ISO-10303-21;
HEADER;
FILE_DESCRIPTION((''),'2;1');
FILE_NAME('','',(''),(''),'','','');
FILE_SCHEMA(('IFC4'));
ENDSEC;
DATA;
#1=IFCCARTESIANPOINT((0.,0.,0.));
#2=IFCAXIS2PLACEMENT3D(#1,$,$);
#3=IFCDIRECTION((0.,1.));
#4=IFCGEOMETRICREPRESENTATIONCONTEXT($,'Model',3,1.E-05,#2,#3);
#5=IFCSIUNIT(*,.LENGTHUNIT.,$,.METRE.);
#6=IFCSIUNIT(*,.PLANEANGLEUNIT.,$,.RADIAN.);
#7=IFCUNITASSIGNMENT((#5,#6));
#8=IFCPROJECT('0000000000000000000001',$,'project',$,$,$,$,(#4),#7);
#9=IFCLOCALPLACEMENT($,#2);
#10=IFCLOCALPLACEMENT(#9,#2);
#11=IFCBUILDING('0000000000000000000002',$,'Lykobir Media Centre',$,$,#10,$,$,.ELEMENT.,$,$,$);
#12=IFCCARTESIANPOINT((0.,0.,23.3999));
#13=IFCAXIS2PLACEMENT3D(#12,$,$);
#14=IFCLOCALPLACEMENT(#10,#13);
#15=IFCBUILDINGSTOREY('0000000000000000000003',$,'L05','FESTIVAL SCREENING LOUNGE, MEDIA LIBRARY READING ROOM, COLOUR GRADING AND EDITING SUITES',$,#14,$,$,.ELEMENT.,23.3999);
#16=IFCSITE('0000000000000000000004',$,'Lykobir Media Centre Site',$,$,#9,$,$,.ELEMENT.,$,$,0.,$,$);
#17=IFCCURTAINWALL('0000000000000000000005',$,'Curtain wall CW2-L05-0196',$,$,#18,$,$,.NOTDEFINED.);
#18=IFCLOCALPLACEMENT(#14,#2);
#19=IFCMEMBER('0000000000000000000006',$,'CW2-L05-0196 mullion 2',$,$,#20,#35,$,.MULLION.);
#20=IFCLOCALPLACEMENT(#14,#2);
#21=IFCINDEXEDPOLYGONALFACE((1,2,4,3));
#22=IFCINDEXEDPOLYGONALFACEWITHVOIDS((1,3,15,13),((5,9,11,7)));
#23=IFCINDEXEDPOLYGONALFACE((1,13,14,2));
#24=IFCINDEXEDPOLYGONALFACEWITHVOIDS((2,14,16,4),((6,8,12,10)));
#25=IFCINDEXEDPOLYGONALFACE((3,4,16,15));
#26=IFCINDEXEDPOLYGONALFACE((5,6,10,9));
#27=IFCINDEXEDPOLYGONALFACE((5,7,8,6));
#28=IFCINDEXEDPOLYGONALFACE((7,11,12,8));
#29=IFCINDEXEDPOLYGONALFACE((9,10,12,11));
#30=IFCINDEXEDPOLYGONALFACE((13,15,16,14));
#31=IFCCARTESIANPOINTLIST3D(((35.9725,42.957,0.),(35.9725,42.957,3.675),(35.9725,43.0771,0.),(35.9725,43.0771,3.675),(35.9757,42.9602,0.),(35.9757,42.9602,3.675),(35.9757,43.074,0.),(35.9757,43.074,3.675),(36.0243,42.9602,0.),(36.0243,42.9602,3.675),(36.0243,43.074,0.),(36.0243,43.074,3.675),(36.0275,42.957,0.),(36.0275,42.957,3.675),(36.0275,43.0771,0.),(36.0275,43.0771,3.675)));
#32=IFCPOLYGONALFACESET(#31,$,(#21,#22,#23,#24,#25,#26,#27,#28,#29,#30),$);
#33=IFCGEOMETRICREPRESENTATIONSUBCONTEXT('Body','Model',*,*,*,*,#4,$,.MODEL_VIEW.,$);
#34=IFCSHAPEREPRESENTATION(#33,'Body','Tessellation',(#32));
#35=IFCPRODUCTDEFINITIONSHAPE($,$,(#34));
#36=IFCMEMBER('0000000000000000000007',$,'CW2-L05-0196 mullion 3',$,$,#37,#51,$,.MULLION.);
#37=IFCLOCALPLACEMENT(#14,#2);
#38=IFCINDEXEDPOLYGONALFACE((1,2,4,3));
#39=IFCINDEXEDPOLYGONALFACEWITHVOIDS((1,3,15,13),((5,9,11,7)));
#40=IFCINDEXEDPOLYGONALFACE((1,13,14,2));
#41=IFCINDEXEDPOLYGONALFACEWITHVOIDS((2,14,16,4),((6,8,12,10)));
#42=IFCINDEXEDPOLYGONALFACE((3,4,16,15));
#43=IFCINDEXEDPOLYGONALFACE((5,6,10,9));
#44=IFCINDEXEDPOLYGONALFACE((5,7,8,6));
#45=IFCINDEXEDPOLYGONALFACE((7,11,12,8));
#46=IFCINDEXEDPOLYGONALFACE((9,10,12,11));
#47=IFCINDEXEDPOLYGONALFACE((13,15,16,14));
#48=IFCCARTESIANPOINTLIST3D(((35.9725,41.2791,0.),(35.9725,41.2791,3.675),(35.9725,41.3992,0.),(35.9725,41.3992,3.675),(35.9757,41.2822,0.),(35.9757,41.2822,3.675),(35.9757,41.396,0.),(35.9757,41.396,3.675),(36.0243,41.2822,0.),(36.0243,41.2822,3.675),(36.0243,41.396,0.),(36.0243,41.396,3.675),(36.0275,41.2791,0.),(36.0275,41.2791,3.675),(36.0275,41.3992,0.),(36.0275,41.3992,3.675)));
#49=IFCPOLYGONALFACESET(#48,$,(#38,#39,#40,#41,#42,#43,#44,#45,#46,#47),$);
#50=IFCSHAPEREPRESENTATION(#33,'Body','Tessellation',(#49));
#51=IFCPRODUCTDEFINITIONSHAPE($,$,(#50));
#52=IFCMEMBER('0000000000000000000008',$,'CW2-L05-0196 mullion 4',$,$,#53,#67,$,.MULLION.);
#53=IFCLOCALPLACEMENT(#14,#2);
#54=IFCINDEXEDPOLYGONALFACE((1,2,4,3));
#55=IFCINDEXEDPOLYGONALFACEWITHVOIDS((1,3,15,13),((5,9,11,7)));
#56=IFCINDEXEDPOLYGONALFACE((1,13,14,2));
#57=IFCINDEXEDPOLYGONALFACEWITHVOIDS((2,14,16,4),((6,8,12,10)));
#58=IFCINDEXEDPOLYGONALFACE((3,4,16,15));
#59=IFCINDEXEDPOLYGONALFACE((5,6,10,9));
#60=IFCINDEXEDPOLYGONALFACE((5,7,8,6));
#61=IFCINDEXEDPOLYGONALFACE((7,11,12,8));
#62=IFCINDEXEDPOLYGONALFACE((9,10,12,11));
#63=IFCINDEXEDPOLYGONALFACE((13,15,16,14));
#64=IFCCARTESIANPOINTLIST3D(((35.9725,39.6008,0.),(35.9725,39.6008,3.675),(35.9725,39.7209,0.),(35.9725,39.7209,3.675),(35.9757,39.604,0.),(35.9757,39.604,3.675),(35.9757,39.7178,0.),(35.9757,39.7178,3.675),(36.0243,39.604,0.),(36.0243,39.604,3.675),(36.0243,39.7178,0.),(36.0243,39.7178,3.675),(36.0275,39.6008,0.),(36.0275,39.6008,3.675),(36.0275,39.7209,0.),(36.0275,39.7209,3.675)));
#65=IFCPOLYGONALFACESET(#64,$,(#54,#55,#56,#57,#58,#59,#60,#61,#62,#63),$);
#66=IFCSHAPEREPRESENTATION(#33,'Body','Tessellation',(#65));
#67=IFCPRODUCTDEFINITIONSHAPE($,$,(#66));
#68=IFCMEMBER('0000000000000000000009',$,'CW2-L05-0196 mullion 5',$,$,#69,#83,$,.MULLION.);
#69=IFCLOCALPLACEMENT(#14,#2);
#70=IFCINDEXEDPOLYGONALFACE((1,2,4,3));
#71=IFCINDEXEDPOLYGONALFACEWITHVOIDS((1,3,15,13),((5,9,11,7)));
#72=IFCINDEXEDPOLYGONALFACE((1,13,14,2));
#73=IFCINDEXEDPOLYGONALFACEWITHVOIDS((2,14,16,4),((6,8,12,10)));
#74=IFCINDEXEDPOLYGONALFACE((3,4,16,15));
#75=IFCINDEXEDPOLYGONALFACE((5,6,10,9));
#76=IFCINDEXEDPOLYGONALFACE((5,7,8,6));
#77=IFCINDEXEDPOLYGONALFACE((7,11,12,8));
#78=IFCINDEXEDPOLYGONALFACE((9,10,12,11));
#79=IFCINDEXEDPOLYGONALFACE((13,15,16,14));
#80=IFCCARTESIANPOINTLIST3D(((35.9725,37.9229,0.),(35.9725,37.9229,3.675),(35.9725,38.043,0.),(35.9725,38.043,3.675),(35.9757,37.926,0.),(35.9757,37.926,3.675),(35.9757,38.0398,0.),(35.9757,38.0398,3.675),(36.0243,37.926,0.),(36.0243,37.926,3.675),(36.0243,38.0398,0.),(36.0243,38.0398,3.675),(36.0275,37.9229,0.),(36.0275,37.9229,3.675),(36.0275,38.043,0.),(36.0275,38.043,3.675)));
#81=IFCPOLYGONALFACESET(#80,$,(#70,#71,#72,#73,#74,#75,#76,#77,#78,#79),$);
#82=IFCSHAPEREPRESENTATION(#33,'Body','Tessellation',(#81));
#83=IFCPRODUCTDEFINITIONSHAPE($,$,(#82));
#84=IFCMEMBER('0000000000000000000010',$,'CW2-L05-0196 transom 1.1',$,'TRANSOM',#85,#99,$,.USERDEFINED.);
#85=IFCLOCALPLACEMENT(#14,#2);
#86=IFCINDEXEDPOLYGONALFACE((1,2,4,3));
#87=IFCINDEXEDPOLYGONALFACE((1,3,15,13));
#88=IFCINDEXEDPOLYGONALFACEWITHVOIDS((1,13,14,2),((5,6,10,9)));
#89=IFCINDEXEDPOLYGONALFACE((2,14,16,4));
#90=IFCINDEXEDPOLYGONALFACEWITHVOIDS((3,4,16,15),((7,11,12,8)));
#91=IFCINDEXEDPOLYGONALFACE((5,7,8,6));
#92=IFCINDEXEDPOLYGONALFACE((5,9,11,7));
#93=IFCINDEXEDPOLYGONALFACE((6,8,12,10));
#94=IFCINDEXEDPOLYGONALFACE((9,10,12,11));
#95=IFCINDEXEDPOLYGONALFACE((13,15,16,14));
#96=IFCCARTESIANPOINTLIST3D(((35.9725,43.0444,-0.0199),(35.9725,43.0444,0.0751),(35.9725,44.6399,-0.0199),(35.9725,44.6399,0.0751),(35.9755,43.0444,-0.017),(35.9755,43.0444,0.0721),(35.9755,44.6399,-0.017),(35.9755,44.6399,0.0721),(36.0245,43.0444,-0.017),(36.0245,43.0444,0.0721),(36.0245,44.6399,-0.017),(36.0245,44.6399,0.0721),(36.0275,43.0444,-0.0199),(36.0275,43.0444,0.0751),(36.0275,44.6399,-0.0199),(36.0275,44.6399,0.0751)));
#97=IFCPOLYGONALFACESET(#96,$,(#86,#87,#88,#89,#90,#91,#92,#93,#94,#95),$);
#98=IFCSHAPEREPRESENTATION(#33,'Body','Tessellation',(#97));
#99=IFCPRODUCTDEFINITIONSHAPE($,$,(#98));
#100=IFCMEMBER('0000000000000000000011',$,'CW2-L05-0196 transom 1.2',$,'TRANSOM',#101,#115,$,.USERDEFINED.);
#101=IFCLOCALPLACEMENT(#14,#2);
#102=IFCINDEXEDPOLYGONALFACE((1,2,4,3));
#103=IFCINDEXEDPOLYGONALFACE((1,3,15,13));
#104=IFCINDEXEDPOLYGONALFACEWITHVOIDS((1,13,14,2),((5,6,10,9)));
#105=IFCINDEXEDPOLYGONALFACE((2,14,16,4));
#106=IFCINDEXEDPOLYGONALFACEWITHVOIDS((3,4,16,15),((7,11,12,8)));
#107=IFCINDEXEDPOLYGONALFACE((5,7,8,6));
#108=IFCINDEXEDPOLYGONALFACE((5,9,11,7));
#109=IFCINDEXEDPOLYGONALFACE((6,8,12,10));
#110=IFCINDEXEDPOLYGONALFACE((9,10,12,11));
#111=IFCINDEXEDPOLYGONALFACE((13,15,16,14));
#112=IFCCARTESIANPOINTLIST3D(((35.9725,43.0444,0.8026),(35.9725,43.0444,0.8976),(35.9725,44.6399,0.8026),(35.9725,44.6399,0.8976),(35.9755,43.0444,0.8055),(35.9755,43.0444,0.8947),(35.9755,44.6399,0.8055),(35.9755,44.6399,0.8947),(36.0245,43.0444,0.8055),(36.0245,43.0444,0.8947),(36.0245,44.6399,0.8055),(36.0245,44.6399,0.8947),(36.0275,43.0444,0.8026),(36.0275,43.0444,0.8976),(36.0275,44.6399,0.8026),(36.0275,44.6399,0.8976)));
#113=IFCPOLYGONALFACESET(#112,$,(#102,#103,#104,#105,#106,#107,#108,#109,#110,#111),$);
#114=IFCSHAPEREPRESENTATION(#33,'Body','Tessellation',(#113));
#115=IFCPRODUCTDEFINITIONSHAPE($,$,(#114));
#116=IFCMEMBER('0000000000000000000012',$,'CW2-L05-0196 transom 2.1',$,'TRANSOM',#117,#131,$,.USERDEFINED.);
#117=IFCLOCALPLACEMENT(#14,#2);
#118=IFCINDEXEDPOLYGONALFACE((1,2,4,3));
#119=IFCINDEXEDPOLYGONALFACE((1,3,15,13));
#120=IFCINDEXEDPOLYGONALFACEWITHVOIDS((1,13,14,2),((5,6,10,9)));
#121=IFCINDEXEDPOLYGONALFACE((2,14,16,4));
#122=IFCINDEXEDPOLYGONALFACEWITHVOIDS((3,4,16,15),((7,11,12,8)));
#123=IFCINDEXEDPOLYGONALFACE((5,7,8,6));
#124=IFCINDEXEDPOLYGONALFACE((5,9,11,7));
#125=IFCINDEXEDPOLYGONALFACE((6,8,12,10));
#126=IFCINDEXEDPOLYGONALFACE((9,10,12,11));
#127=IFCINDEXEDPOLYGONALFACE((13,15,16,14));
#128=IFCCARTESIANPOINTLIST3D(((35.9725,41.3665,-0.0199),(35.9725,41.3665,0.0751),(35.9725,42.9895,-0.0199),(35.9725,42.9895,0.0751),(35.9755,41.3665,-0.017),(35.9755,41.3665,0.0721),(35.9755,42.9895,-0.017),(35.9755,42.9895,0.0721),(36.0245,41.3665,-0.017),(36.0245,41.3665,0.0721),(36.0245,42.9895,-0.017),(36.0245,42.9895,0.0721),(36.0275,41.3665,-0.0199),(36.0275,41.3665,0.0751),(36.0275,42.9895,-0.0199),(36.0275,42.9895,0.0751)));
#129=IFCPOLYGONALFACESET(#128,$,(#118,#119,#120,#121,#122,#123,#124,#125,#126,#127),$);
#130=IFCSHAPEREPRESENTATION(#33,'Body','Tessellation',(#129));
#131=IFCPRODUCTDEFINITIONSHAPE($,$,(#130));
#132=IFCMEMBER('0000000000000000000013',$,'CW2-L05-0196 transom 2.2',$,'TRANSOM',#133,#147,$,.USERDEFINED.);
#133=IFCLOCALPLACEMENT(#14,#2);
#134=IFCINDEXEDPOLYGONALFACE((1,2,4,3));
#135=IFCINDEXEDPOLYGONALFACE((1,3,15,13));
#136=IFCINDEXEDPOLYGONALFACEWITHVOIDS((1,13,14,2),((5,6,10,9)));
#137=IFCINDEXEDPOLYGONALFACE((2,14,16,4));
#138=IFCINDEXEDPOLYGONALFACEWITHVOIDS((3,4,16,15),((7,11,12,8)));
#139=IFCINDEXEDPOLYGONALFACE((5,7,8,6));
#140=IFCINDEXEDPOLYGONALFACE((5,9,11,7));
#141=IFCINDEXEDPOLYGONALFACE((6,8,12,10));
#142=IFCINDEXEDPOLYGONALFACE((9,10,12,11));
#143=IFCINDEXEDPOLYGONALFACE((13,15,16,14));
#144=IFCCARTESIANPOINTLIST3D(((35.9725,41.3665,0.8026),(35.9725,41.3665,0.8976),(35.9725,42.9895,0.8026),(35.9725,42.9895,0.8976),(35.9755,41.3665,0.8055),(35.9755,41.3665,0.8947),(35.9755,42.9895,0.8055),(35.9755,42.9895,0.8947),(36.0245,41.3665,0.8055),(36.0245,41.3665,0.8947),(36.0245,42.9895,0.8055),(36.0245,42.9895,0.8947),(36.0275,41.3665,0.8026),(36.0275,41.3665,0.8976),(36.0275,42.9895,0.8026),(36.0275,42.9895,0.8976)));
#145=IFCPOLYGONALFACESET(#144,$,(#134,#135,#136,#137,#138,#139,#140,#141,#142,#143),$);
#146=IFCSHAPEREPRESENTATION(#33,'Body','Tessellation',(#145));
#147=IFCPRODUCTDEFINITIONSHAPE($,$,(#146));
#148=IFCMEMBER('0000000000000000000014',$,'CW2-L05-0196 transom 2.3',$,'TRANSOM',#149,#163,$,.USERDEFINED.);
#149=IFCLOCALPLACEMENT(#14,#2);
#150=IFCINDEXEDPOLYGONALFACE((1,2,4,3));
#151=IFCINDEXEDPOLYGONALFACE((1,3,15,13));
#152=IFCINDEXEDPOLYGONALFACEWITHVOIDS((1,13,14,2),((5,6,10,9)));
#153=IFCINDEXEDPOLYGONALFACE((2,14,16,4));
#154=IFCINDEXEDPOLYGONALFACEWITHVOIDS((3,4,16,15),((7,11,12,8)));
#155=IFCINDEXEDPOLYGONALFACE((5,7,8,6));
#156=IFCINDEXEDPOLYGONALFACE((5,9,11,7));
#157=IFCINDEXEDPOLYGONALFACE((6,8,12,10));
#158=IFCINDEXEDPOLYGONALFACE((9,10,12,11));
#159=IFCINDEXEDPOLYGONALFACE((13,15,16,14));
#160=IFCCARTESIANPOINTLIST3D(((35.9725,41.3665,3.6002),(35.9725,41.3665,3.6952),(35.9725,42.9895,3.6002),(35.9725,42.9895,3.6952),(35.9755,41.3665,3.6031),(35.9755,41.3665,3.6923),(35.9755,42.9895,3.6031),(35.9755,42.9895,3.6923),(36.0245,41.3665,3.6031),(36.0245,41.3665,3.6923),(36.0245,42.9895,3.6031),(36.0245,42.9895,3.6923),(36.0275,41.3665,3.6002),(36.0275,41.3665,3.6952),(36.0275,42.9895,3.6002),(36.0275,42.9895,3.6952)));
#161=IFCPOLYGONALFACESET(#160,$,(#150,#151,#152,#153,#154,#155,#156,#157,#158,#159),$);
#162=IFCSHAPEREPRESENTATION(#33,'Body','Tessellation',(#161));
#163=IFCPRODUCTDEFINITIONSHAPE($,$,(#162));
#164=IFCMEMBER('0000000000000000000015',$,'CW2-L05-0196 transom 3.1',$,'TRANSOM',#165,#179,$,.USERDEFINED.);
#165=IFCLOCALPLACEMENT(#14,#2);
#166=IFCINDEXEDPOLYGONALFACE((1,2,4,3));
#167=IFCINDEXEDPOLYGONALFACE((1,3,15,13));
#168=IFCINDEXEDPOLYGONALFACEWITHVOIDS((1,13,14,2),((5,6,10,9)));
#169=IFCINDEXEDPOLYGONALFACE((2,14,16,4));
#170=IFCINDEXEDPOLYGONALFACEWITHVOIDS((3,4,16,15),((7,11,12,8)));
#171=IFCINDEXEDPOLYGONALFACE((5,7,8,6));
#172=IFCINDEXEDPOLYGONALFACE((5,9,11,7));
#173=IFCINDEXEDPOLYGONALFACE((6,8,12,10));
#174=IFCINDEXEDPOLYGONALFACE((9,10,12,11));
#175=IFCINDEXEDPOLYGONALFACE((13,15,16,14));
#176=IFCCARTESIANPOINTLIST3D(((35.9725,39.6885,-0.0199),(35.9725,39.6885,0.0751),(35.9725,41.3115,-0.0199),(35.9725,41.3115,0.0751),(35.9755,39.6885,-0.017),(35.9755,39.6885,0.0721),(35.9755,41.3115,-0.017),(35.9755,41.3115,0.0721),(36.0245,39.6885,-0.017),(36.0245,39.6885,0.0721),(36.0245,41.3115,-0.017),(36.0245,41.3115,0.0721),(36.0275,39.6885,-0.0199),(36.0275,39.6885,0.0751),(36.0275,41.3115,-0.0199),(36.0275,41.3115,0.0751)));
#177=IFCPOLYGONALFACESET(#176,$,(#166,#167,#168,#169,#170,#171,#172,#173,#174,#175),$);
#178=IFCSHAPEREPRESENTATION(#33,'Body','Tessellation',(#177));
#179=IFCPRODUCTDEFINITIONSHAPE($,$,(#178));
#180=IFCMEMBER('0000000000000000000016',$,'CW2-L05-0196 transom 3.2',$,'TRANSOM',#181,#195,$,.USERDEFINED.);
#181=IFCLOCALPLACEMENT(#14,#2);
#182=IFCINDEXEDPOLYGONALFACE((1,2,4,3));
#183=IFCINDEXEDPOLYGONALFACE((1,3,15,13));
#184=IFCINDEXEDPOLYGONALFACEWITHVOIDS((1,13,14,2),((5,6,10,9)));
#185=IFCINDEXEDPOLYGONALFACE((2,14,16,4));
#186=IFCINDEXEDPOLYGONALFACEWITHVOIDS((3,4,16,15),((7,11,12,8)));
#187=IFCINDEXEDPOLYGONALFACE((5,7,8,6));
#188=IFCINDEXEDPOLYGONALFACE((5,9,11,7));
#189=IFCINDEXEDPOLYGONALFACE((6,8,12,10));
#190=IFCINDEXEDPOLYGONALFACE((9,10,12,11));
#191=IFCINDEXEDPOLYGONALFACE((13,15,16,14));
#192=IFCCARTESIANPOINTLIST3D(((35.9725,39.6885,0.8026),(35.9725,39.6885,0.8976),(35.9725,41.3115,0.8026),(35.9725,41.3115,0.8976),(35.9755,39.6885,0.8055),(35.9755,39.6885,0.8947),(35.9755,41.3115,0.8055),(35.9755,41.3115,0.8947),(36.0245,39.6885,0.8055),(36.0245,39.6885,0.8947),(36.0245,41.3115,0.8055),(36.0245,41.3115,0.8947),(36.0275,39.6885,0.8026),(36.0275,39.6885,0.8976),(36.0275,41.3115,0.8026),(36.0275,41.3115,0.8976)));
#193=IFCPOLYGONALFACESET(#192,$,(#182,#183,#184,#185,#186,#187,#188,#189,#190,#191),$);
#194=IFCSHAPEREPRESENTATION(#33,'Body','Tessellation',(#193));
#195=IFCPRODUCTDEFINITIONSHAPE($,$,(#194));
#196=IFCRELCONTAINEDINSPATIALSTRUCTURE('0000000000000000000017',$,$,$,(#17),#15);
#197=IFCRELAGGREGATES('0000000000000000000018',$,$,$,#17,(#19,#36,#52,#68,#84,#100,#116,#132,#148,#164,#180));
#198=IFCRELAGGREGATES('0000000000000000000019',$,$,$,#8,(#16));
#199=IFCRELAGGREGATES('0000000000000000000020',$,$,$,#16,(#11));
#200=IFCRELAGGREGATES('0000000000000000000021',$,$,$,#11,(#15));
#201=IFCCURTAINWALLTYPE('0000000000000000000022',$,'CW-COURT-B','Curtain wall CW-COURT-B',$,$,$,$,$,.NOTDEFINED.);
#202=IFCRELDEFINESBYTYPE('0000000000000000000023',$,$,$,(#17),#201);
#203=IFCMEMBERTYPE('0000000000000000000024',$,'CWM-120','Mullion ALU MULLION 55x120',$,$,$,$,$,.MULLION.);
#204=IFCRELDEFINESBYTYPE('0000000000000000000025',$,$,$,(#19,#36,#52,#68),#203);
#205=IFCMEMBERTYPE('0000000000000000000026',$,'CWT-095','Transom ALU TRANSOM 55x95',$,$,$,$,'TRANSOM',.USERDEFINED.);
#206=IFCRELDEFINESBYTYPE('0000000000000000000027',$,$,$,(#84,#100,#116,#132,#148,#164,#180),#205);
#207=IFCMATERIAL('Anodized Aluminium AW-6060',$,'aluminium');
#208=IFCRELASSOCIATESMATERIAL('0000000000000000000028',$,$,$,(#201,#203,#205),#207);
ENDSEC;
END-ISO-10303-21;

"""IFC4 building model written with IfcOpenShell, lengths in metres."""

from ifc_helpers import new_model, si_unit, direction, frame, origin, origin_2d, place, context, subcontext, project, spatial, hollow_rectangle, extrude, material, material_profile, profile_set, type_object, element, aggregate, save


model = new_model("IFC4")

# Units and contexts
model_context = context("Model", 3, precision=1e-05, world=origin(), true_north=direction((0.0, 1.0)))
body_context = subcontext(model_context, "Body", "Model", "MODEL_VIEW")
ifc_project = project(units=[si_unit("LENGTHUNIT", "METRE"), si_unit("PLANEANGLEUNIT", "RADIAN")], contexts=[model_context])

# Site, building, storey
site_placement = place(None, origin())
site = spatial("IfcSite", under=ifc_project, at=site_placement, Name="Lykobir Media Centre Site", CompositionType="ELEMENT", RefElevation=0.0)
building_placement = place(site_placement, origin())
building = spatial("IfcBuilding", under=site, at=building_placement, Name="Lykobir Media Centre", CompositionType="ELEMENT")
storey_placement = place(building_placement, frame((0.0, 0.0, 23.3999)))
storey = spatial("IfcBuildingStorey", under=building, at=storey_placement, Name="L05", Description="FESTIVAL SCREENING LOUNGE, MEDIA LIBRARY READING ROOM, COLOUR GRADING AND EDITING SUITES", CompositionType="ELEMENT", Elevation=23.3999)

# Curtain wall, members
ifc_material_1 = material(Name="Anodized Aluminium AW-6060", Category="aluminium")
curtain_wall_type = type_object("IfcCurtainWallType", Name="CW-COURT-B", Description="Curtain wall CW-COURT-B", PredefinedType="NOTDEFINED", material=ifc_material_1)
curtain_wall_placement = place(storey_placement, origin())
curtain_wall = element("IfcCurtainWall", 1, at=curtain_wall_placement, inside=storey, type_object=curtain_wall_type, Name="Curtain wall CW2-L05-0196", PredefinedType="NOTDEFINED")
ifc_material_profile_1 = material_profile(ifc_material_1, hollow_rectangle(XDim=0.0549, YDim=0.1201, WallThickness=0.0032, at=origin_2d()), Name="ALU MULLION 55x120")
ifc_profile_set_1 = profile_set([ifc_material_profile_1], Name="Anodized Aluminium AW-6060")
member_type_1 = type_object("IfcMemberType", Name="CWM-120", Description="Mullion ALU MULLION 55x120", PredefinedType="MULLION", material=ifc_profile_set_1)
member_1_placement = place(storey_placement, frame((36.0, 43.0171, 0.0), z_axis=(0.0, 0.0, 1.0), x_axis=(1.0, 0.0, 0.0)))
member_1 = element("IfcMember", 2, at=member_1_placement, type_object=member_type_1, Name="CW2-L05-0196 mullion 2", PredefinedType="MULLION", context=body_context, shape_type="SweptSolid", body=[
    extrude(hollow_rectangle(XDim=0.0549, YDim=0.1201, WallThickness=0.0032, at=origin_2d()), origin(), (0.0, 0.0, 1.0), 3.675),
])
member_2_placement = place(storey_placement, frame((36.0, 41.3391, 0.0), z_axis=(0.0, 0.0, 1.0), x_axis=(1.0, 0.0, 0.0)))
member_2 = element("IfcMember", 3, at=member_2_placement, type_object=member_type_1, Name="CW2-L05-0196 mullion 3", PredefinedType="MULLION", context=body_context, shape_type="SweptSolid", body=[
    extrude(hollow_rectangle(XDim=0.0549, YDim=0.1201, WallThickness=0.0032, at=origin_2d()), origin(), (0.0, 0.0, 1.0), 3.675),
])
member_3_placement = place(storey_placement, frame((36.0, 39.6609, 0.0), z_axis=(0.0, 0.0, 1.0), x_axis=(1.0, 0.0, 0.0)))
member_3 = element("IfcMember", 4, at=member_3_placement, type_object=member_type_1, Name="CW2-L05-0196 mullion 4", PredefinedType="MULLION", context=body_context, shape_type="SweptSolid", body=[
    extrude(hollow_rectangle(XDim=0.0549, YDim=0.1201, WallThickness=0.0032, at=origin_2d()), origin(), (0.0, 0.0, 1.0), 3.675),
])
member_4_placement = place(storey_placement, frame((36.0, 37.9829, 0.0), z_axis=(0.0, 0.0, 1.0), x_axis=(1.0, 0.0, 0.0)))
member_4 = element("IfcMember", 5, at=member_4_placement, type_object=member_type_1, Name="CW2-L05-0196 mullion 5", PredefinedType="MULLION", context=body_context, shape_type="SweptSolid", body=[
    extrude(hollow_rectangle(XDim=0.0549, YDim=0.1201, WallThickness=0.0032, at=origin_2d()), origin(), (0.0, 0.0, 1.0), 3.675),
])
ifc_material_profile_2 = material_profile(ifc_material_1, hollow_rectangle(XDim=0.0549, YDim=0.095, WallThickness=0.0029, at=origin_2d()), Name="ALU TRANSOM 55x95")
ifc_profile_set_2 = profile_set([ifc_material_profile_2], Name="Anodized Aluminium AW-6060")
member_type_2 = type_object("IfcMemberType", Name="CWT-095", Description="Transom ALU TRANSOM 55x95", ElementType="TRANSOM", PredefinedType="USERDEFINED", material=ifc_profile_set_2)
member_5_placement = place(storey_placement, frame((36.0, 44.6399, 0.0276), z_axis=(0.0, -1.0, 0.0), x_axis=(1.0, 0.0, 0.0)))
member_5 = element("IfcMember", 6, at=member_5_placement, type_object=member_type_2, Name="CW2-L05-0196 transom 1.1", ObjectType="TRANSOM", PredefinedType="USERDEFINED", context=body_context, shape_type="SweptSolid", body=[
    extrude(hollow_rectangle(XDim=0.0549, YDim=0.095, WallThickness=0.0029, at=origin_2d()), origin(), (0.0, 0.0, 1.0), 1.5955),
])
member_6_placement = place(storey_placement, frame((36.0, 44.6399, 0.8501), z_axis=(0.0, -1.0, 0.0), x_axis=(1.0, 0.0, 0.0)))
member_6 = element("IfcMember", 7, at=member_6_placement, type_object=member_type_2, Name="CW2-L05-0196 transom 1.2", ObjectType="TRANSOM", PredefinedType="USERDEFINED", context=body_context, shape_type="SweptSolid", body=[
    extrude(hollow_rectangle(XDim=0.0549, YDim=0.095, WallThickness=0.0029, at=origin_2d()), origin(), (0.0, 0.0, 1.0), 1.5955),
])
member_7_placement = place(storey_placement, frame((36.0, 42.9895, 0.0276), z_axis=(0.0, -1.0, 0.0), x_axis=(1.0, 0.0, 0.0)))
member_7 = element("IfcMember", 8, at=member_7_placement, type_object=member_type_2, Name="CW2-L05-0196 transom 2.1", ObjectType="TRANSOM", PredefinedType="USERDEFINED", context=body_context, shape_type="SweptSolid", body=[
    extrude(hollow_rectangle(XDim=0.0549, YDim=0.095, WallThickness=0.0029, at=origin_2d()), origin(), (0.0, 0.0, 1.0), 1.623),
])
member_8_placement = place(storey_placement, frame((36.0, 42.9895, 0.8501), z_axis=(0.0, -1.0, 0.0), x_axis=(1.0, 0.0, 0.0)))
member_8 = element("IfcMember", 9, at=member_8_placement, type_object=member_type_2, Name="CW2-L05-0196 transom 2.2", ObjectType="TRANSOM", PredefinedType="USERDEFINED", context=body_context, shape_type="SweptSolid", body=[
    extrude(hollow_rectangle(XDim=0.0549, YDim=0.095, WallThickness=0.0029, at=origin_2d()), origin(), (0.0, 0.0, 1.0), 1.623),
])
member_9_placement = place(storey_placement, frame((36.0, 42.9895, 3.6477), z_axis=(0.0, -1.0, 0.0), x_axis=(1.0, 0.0, 0.0)))
member_9 = element("IfcMember", 10, at=member_9_placement, type_object=member_type_2, Name="CW2-L05-0196 transom 2.3", ObjectType="TRANSOM", PredefinedType="USERDEFINED", context=body_context, shape_type="SweptSolid", body=[
    extrude(hollow_rectangle(XDim=0.0549, YDim=0.095, WallThickness=0.0029, at=origin_2d()), origin(), (0.0, 0.0, 1.0), 1.623),
])
member_10_placement = place(storey_placement, frame((36.0, 41.3115, 0.0276), z_axis=(0.0, -1.0, 0.0), x_axis=(1.0, 0.0, 0.0)))
member_10 = element("IfcMember", 11, at=member_10_placement, type_object=member_type_2, Name="CW2-L05-0196 transom 3.1", ObjectType="TRANSOM", PredefinedType="USERDEFINED", context=body_context, shape_type="SweptSolid", body=[
    extrude(hollow_rectangle(XDim=0.0549, YDim=0.095, WallThickness=0.0029, at=origin_2d()), origin(), (0.0, 0.0, 1.0), 1.623),
])
member_11_placement = place(storey_placement, frame((36.0, 41.3115, 0.8501), z_axis=(0.0, -1.0, 0.0), x_axis=(1.0, 0.0, 0.0)))
member_11 = element("IfcMember", 12, at=member_11_placement, type_object=member_type_2, Name="CW2-L05-0196 transom 3.2", ObjectType="TRANSOM", PredefinedType="USERDEFINED", context=body_context, shape_type="SweptSolid", body=[
    extrude(hollow_rectangle(XDim=0.0549, YDim=0.095, WallThickness=0.0029, at=origin_2d()), origin(), (0.0, 0.0, 1.0), 1.623),
])
aggregate(curtain_wall, [member_1, member_2, member_3, member_4, member_5, member_6, member_7, member_8, member_9, member_10, member_11])

save(model, "model.ifc")
